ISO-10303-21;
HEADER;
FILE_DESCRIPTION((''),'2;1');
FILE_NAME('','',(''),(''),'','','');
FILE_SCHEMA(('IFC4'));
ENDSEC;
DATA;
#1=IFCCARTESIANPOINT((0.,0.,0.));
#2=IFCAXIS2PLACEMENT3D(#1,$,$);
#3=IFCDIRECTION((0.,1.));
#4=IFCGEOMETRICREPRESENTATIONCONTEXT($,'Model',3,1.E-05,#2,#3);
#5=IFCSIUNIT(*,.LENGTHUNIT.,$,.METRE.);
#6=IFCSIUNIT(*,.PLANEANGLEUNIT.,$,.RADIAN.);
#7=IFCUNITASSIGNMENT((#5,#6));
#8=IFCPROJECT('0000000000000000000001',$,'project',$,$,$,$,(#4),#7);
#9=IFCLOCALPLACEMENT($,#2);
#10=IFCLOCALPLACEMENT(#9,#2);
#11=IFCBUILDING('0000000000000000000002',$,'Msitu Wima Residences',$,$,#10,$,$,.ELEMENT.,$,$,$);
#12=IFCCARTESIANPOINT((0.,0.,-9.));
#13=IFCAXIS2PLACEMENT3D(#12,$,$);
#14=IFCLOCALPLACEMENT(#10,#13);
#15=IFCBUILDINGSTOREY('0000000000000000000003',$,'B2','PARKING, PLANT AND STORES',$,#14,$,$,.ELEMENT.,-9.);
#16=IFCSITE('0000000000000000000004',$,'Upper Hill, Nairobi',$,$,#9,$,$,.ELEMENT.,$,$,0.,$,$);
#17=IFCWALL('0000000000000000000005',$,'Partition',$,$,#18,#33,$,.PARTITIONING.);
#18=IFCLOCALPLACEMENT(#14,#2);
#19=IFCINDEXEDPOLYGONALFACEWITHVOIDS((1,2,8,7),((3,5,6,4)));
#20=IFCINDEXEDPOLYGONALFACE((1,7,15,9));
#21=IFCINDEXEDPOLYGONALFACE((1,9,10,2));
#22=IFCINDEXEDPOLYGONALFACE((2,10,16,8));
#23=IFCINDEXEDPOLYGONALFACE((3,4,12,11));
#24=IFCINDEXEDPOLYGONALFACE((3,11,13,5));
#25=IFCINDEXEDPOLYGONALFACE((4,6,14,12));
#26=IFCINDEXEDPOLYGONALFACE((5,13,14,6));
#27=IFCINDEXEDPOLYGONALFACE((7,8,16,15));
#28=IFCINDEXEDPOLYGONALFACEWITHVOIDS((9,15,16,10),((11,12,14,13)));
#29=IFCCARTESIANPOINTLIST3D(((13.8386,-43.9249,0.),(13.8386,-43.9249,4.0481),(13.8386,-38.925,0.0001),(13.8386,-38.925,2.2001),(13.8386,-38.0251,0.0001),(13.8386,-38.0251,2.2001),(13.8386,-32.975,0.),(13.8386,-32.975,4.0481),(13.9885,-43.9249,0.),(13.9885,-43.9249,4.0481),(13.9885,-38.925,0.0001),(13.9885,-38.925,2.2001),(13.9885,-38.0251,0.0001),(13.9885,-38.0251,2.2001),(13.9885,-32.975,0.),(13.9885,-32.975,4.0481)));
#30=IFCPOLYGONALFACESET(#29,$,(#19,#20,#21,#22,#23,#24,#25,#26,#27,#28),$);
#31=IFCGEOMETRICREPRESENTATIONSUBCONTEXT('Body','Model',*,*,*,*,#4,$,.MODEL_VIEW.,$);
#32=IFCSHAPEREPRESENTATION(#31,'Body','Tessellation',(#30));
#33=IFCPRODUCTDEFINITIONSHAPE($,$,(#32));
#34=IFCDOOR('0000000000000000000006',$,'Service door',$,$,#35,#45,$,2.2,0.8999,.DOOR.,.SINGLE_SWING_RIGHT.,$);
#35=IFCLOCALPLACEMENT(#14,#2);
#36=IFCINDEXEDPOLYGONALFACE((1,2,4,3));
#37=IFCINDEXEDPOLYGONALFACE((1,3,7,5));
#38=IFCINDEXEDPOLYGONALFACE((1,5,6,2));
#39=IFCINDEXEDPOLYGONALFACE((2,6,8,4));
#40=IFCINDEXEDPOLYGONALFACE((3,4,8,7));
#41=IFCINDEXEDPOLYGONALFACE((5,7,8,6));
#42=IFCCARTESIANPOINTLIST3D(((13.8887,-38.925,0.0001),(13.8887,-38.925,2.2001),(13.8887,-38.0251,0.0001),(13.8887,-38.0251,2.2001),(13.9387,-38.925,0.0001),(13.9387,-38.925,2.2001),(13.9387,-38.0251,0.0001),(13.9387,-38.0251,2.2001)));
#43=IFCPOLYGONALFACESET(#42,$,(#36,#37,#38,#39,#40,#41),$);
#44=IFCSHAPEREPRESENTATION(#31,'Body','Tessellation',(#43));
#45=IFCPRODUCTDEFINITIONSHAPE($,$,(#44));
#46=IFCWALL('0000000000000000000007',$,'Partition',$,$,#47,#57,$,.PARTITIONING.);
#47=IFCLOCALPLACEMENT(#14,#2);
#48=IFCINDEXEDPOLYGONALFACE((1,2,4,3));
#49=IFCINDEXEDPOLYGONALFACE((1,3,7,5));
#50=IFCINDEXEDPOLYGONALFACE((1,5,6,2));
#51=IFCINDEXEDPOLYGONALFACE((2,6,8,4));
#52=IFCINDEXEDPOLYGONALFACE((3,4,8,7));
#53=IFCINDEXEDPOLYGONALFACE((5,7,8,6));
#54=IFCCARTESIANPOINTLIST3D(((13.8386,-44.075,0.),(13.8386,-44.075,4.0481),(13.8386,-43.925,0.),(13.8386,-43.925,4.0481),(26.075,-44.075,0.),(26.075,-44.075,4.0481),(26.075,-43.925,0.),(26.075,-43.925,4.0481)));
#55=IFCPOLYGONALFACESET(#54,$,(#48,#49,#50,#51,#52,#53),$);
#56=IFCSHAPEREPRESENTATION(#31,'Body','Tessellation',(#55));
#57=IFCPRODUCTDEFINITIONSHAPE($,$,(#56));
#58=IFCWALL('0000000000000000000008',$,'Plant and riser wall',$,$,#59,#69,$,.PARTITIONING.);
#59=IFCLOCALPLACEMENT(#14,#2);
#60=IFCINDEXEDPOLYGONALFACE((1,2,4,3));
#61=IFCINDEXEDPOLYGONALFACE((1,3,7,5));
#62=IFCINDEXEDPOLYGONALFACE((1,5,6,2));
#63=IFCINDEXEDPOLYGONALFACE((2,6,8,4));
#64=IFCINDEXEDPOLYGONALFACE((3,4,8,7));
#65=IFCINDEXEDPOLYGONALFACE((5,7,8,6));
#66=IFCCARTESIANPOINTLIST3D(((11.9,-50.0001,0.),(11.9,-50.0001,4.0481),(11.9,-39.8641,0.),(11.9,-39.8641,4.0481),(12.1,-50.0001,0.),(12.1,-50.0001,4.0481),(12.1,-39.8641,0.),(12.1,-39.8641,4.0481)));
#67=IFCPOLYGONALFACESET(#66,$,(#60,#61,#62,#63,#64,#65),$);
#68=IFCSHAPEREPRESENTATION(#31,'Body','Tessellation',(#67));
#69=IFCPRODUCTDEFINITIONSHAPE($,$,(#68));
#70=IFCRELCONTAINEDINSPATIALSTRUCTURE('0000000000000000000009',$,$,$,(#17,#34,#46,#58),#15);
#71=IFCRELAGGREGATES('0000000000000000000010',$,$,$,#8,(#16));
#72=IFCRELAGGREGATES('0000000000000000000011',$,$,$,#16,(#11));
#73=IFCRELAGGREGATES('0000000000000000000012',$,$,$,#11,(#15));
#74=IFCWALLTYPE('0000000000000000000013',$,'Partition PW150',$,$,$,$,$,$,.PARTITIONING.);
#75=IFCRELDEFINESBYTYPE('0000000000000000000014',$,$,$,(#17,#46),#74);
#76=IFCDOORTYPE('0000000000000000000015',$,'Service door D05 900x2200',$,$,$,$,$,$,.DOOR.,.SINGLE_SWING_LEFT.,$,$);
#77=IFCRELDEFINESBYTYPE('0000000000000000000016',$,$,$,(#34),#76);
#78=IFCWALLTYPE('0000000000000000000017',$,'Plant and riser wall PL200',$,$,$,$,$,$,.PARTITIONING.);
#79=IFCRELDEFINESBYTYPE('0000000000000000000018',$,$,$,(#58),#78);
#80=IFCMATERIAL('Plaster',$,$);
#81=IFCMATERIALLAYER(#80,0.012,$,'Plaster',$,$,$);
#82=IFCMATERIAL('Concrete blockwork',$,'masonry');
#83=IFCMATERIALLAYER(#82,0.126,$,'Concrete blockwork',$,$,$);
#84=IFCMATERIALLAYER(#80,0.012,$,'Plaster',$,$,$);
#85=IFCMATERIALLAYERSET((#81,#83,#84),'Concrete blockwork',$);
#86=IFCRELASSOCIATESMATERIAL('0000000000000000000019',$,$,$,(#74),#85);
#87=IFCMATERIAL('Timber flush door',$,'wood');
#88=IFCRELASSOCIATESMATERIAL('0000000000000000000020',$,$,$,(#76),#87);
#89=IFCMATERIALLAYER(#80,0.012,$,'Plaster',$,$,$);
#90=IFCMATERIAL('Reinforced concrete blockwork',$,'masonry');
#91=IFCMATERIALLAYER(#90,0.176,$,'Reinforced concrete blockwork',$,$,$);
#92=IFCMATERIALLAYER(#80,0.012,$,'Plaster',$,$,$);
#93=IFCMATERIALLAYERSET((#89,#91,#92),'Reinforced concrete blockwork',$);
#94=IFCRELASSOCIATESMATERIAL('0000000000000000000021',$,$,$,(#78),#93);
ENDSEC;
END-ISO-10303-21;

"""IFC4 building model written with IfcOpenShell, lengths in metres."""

from ifc_helpers import new_model, si_unit, direction, frame, frame_2d, origin, place, context, subcontext, project, spatial, rectangle, extrude, material, layer, layer_set, type_object, element, fill, save


model = new_model("IFC4")

# Units and contexts
model_context = context("Model", 3, precision=1e-05, world=origin(), true_north=direction((0.0, 1.0)))
body_context = subcontext(model_context, "Body", "Model", "MODEL_VIEW")
ifc_project = project(units=[si_unit("LENGTHUNIT", "METRE"), si_unit("PLANEANGLEUNIT", "RADIAN")], contexts=[model_context])

# Site, building, storey
site_placement = place(None, origin())
site = spatial("IfcSite", under=ifc_project, at=site_placement, Name="Upper Hill, Nairobi", CompositionType="ELEMENT", RefElevation=0.0)
building_placement = place(site_placement, origin())
building = spatial("IfcBuilding", under=site, at=building_placement, Name="Msitu Wima Residences", CompositionType="ELEMENT")
storey_placement = place(building_placement, frame((0.0, 0.0, -9.0)))
storey = spatial("IfcBuildingStorey", under=building, at=storey_placement, Name="B2", Description="PARKING, PLANT AND STORES", CompositionType="ELEMENT", Elevation=-9.0)

# Wall, opening, door
ifc_material_1 = material(Name="Plaster")
ifc_layer_1 = layer(ifc_material_1, 0.012, Name="Plaster")
ifc_material_2 = material(Name="Concrete blockwork", Category="masonry")
ifc_layer_2 = layer(ifc_material_2, 0.126, Name="Concrete blockwork")
ifc_layer_3 = layer(ifc_material_1, 0.012, Name="Plaster")
ifc_layer_set_1 = layer_set([ifc_layer_1, ifc_layer_2, ifc_layer_3], Name="Concrete blockwork")
wall_type_1 = type_object("IfcWallType", Name="Partition PW150", PredefinedType="PARTITIONING", material=ifc_layer_set_1)
wall_1_placement = place(storey_placement, frame((13.9136, -43.925, 0.0), z_axis=(0.0, 0.0, 1.0), x_axis=(0.0, 1.0, 0.0)))
wall_1 = element("IfcWall", 1, at=wall_1_placement, inside=storey, type_object=wall_type_1, Name="Partition", PredefinedType="PARTITIONING", context=body_context, shape_type="SweptSolid", body=[
    extrude(rectangle(XDim=10.95, YDim=0.1499, at=frame_2d((5.4751, 0.0))), origin(), (0.0, 0.0, 1.0), 4.0481),
])
opening_placement = place(wall_1_placement, frame((5.0, 0.0, 0.0)))
opening = element("IfcOpeningElement", 2, at=opening_placement, cuts=wall_1, PredefinedType="OPENING", context=body_context, shape_type="SweptSolid", body=[
    extrude(rectangle(XDim=0.8999, YDim=2.2, at=frame_2d((0.45, 1.1001))), frame((0.0, 0.085, 0.0), z_axis=(0.0, -1.0, 0.0), x_axis=(1.0, 0.0, 0.0)), (0.0, 0.0, 1.0), 0.1699),
])
ifc_material_3 = material(Name="Timber flush door", Category="wood")
door_type = type_object("IfcDoorType", Name="Service door D05 900x2200", OperationType="SINGLE_SWING_LEFT", PredefinedType="DOOR", material=ifc_material_3)
door_placement = place(opening_placement, origin())
door = element("IfcDoor", 3, at=door_placement, inside=storey, type_object=door_type, Name="Service door", OperationType="SINGLE_SWING_RIGHT", OverallHeight=2.2, OverallWidth=0.8999, PredefinedType="DOOR", context=body_context, shape_type="SweptSolid", body=[
    extrude(rectangle(XDim=0.8999, YDim=2.2, at=frame_2d((0.45, 1.1001))), frame((0.0, 0.0249, 0.0), z_axis=(0.0, -1.0, 0.0), x_axis=(1.0, 0.0, 0.0)), (0.0, 0.0, 1.0), 0.05),
])
fill(opening, door)

# Walls
wall_2_placement = place(storey_placement, frame((13.8386, -44.0, 0.0), z_axis=(0.0, 0.0, 1.0), x_axis=(1.0, 0.0, 0.0)))
element("IfcWall", 4, at=wall_2_placement, inside=storey, type_object=wall_type_1, Name="Partition", PredefinedType="PARTITIONING", context=body_context, shape_type="SweptSolid", body=[
    extrude(rectangle(XDim=12.2363, YDim=0.1499, at=frame_2d((6.1182, 0.0))), origin(), (0.0, 0.0, 1.0), 4.0481),
])
ifc_layer_4 = layer(ifc_material_1, 0.012, Name="Plaster")
ifc_material_4 = material(Name="Reinforced concrete blockwork", Category="masonry")
ifc_layer_5 = layer(ifc_material_4, 0.176, Name="Reinforced concrete blockwork")
ifc_layer_6 = layer(ifc_material_1, 0.012, Name="Plaster")
ifc_layer_set_2 = layer_set([ifc_layer_4, ifc_layer_5, ifc_layer_6], Name="Reinforced concrete blockwork")
wall_type_2 = type_object("IfcWallType", Name="Plant and riser wall PL200", PredefinedType="PARTITIONING", material=ifc_layer_set_2)
wall_3_placement = place(storey_placement, frame((12.0, -50.0, 0.0), z_axis=(0.0, 0.0, 1.0), x_axis=(0.0, 1.0, 0.0)))
element("IfcWall", 5, at=wall_3_placement, inside=storey, type_object=wall_type_2, Name="Plant and riser wall", PredefinedType="PARTITIONING", context=body_context, shape_type="SweptSolid", body=[
    extrude(rectangle(XDim=10.136, YDim=0.2, at=frame_2d((5.0679, 0.0))), origin(), (0.0, 0.0, 1.0), 4.0481),
])

save(model, "model.ifc")
